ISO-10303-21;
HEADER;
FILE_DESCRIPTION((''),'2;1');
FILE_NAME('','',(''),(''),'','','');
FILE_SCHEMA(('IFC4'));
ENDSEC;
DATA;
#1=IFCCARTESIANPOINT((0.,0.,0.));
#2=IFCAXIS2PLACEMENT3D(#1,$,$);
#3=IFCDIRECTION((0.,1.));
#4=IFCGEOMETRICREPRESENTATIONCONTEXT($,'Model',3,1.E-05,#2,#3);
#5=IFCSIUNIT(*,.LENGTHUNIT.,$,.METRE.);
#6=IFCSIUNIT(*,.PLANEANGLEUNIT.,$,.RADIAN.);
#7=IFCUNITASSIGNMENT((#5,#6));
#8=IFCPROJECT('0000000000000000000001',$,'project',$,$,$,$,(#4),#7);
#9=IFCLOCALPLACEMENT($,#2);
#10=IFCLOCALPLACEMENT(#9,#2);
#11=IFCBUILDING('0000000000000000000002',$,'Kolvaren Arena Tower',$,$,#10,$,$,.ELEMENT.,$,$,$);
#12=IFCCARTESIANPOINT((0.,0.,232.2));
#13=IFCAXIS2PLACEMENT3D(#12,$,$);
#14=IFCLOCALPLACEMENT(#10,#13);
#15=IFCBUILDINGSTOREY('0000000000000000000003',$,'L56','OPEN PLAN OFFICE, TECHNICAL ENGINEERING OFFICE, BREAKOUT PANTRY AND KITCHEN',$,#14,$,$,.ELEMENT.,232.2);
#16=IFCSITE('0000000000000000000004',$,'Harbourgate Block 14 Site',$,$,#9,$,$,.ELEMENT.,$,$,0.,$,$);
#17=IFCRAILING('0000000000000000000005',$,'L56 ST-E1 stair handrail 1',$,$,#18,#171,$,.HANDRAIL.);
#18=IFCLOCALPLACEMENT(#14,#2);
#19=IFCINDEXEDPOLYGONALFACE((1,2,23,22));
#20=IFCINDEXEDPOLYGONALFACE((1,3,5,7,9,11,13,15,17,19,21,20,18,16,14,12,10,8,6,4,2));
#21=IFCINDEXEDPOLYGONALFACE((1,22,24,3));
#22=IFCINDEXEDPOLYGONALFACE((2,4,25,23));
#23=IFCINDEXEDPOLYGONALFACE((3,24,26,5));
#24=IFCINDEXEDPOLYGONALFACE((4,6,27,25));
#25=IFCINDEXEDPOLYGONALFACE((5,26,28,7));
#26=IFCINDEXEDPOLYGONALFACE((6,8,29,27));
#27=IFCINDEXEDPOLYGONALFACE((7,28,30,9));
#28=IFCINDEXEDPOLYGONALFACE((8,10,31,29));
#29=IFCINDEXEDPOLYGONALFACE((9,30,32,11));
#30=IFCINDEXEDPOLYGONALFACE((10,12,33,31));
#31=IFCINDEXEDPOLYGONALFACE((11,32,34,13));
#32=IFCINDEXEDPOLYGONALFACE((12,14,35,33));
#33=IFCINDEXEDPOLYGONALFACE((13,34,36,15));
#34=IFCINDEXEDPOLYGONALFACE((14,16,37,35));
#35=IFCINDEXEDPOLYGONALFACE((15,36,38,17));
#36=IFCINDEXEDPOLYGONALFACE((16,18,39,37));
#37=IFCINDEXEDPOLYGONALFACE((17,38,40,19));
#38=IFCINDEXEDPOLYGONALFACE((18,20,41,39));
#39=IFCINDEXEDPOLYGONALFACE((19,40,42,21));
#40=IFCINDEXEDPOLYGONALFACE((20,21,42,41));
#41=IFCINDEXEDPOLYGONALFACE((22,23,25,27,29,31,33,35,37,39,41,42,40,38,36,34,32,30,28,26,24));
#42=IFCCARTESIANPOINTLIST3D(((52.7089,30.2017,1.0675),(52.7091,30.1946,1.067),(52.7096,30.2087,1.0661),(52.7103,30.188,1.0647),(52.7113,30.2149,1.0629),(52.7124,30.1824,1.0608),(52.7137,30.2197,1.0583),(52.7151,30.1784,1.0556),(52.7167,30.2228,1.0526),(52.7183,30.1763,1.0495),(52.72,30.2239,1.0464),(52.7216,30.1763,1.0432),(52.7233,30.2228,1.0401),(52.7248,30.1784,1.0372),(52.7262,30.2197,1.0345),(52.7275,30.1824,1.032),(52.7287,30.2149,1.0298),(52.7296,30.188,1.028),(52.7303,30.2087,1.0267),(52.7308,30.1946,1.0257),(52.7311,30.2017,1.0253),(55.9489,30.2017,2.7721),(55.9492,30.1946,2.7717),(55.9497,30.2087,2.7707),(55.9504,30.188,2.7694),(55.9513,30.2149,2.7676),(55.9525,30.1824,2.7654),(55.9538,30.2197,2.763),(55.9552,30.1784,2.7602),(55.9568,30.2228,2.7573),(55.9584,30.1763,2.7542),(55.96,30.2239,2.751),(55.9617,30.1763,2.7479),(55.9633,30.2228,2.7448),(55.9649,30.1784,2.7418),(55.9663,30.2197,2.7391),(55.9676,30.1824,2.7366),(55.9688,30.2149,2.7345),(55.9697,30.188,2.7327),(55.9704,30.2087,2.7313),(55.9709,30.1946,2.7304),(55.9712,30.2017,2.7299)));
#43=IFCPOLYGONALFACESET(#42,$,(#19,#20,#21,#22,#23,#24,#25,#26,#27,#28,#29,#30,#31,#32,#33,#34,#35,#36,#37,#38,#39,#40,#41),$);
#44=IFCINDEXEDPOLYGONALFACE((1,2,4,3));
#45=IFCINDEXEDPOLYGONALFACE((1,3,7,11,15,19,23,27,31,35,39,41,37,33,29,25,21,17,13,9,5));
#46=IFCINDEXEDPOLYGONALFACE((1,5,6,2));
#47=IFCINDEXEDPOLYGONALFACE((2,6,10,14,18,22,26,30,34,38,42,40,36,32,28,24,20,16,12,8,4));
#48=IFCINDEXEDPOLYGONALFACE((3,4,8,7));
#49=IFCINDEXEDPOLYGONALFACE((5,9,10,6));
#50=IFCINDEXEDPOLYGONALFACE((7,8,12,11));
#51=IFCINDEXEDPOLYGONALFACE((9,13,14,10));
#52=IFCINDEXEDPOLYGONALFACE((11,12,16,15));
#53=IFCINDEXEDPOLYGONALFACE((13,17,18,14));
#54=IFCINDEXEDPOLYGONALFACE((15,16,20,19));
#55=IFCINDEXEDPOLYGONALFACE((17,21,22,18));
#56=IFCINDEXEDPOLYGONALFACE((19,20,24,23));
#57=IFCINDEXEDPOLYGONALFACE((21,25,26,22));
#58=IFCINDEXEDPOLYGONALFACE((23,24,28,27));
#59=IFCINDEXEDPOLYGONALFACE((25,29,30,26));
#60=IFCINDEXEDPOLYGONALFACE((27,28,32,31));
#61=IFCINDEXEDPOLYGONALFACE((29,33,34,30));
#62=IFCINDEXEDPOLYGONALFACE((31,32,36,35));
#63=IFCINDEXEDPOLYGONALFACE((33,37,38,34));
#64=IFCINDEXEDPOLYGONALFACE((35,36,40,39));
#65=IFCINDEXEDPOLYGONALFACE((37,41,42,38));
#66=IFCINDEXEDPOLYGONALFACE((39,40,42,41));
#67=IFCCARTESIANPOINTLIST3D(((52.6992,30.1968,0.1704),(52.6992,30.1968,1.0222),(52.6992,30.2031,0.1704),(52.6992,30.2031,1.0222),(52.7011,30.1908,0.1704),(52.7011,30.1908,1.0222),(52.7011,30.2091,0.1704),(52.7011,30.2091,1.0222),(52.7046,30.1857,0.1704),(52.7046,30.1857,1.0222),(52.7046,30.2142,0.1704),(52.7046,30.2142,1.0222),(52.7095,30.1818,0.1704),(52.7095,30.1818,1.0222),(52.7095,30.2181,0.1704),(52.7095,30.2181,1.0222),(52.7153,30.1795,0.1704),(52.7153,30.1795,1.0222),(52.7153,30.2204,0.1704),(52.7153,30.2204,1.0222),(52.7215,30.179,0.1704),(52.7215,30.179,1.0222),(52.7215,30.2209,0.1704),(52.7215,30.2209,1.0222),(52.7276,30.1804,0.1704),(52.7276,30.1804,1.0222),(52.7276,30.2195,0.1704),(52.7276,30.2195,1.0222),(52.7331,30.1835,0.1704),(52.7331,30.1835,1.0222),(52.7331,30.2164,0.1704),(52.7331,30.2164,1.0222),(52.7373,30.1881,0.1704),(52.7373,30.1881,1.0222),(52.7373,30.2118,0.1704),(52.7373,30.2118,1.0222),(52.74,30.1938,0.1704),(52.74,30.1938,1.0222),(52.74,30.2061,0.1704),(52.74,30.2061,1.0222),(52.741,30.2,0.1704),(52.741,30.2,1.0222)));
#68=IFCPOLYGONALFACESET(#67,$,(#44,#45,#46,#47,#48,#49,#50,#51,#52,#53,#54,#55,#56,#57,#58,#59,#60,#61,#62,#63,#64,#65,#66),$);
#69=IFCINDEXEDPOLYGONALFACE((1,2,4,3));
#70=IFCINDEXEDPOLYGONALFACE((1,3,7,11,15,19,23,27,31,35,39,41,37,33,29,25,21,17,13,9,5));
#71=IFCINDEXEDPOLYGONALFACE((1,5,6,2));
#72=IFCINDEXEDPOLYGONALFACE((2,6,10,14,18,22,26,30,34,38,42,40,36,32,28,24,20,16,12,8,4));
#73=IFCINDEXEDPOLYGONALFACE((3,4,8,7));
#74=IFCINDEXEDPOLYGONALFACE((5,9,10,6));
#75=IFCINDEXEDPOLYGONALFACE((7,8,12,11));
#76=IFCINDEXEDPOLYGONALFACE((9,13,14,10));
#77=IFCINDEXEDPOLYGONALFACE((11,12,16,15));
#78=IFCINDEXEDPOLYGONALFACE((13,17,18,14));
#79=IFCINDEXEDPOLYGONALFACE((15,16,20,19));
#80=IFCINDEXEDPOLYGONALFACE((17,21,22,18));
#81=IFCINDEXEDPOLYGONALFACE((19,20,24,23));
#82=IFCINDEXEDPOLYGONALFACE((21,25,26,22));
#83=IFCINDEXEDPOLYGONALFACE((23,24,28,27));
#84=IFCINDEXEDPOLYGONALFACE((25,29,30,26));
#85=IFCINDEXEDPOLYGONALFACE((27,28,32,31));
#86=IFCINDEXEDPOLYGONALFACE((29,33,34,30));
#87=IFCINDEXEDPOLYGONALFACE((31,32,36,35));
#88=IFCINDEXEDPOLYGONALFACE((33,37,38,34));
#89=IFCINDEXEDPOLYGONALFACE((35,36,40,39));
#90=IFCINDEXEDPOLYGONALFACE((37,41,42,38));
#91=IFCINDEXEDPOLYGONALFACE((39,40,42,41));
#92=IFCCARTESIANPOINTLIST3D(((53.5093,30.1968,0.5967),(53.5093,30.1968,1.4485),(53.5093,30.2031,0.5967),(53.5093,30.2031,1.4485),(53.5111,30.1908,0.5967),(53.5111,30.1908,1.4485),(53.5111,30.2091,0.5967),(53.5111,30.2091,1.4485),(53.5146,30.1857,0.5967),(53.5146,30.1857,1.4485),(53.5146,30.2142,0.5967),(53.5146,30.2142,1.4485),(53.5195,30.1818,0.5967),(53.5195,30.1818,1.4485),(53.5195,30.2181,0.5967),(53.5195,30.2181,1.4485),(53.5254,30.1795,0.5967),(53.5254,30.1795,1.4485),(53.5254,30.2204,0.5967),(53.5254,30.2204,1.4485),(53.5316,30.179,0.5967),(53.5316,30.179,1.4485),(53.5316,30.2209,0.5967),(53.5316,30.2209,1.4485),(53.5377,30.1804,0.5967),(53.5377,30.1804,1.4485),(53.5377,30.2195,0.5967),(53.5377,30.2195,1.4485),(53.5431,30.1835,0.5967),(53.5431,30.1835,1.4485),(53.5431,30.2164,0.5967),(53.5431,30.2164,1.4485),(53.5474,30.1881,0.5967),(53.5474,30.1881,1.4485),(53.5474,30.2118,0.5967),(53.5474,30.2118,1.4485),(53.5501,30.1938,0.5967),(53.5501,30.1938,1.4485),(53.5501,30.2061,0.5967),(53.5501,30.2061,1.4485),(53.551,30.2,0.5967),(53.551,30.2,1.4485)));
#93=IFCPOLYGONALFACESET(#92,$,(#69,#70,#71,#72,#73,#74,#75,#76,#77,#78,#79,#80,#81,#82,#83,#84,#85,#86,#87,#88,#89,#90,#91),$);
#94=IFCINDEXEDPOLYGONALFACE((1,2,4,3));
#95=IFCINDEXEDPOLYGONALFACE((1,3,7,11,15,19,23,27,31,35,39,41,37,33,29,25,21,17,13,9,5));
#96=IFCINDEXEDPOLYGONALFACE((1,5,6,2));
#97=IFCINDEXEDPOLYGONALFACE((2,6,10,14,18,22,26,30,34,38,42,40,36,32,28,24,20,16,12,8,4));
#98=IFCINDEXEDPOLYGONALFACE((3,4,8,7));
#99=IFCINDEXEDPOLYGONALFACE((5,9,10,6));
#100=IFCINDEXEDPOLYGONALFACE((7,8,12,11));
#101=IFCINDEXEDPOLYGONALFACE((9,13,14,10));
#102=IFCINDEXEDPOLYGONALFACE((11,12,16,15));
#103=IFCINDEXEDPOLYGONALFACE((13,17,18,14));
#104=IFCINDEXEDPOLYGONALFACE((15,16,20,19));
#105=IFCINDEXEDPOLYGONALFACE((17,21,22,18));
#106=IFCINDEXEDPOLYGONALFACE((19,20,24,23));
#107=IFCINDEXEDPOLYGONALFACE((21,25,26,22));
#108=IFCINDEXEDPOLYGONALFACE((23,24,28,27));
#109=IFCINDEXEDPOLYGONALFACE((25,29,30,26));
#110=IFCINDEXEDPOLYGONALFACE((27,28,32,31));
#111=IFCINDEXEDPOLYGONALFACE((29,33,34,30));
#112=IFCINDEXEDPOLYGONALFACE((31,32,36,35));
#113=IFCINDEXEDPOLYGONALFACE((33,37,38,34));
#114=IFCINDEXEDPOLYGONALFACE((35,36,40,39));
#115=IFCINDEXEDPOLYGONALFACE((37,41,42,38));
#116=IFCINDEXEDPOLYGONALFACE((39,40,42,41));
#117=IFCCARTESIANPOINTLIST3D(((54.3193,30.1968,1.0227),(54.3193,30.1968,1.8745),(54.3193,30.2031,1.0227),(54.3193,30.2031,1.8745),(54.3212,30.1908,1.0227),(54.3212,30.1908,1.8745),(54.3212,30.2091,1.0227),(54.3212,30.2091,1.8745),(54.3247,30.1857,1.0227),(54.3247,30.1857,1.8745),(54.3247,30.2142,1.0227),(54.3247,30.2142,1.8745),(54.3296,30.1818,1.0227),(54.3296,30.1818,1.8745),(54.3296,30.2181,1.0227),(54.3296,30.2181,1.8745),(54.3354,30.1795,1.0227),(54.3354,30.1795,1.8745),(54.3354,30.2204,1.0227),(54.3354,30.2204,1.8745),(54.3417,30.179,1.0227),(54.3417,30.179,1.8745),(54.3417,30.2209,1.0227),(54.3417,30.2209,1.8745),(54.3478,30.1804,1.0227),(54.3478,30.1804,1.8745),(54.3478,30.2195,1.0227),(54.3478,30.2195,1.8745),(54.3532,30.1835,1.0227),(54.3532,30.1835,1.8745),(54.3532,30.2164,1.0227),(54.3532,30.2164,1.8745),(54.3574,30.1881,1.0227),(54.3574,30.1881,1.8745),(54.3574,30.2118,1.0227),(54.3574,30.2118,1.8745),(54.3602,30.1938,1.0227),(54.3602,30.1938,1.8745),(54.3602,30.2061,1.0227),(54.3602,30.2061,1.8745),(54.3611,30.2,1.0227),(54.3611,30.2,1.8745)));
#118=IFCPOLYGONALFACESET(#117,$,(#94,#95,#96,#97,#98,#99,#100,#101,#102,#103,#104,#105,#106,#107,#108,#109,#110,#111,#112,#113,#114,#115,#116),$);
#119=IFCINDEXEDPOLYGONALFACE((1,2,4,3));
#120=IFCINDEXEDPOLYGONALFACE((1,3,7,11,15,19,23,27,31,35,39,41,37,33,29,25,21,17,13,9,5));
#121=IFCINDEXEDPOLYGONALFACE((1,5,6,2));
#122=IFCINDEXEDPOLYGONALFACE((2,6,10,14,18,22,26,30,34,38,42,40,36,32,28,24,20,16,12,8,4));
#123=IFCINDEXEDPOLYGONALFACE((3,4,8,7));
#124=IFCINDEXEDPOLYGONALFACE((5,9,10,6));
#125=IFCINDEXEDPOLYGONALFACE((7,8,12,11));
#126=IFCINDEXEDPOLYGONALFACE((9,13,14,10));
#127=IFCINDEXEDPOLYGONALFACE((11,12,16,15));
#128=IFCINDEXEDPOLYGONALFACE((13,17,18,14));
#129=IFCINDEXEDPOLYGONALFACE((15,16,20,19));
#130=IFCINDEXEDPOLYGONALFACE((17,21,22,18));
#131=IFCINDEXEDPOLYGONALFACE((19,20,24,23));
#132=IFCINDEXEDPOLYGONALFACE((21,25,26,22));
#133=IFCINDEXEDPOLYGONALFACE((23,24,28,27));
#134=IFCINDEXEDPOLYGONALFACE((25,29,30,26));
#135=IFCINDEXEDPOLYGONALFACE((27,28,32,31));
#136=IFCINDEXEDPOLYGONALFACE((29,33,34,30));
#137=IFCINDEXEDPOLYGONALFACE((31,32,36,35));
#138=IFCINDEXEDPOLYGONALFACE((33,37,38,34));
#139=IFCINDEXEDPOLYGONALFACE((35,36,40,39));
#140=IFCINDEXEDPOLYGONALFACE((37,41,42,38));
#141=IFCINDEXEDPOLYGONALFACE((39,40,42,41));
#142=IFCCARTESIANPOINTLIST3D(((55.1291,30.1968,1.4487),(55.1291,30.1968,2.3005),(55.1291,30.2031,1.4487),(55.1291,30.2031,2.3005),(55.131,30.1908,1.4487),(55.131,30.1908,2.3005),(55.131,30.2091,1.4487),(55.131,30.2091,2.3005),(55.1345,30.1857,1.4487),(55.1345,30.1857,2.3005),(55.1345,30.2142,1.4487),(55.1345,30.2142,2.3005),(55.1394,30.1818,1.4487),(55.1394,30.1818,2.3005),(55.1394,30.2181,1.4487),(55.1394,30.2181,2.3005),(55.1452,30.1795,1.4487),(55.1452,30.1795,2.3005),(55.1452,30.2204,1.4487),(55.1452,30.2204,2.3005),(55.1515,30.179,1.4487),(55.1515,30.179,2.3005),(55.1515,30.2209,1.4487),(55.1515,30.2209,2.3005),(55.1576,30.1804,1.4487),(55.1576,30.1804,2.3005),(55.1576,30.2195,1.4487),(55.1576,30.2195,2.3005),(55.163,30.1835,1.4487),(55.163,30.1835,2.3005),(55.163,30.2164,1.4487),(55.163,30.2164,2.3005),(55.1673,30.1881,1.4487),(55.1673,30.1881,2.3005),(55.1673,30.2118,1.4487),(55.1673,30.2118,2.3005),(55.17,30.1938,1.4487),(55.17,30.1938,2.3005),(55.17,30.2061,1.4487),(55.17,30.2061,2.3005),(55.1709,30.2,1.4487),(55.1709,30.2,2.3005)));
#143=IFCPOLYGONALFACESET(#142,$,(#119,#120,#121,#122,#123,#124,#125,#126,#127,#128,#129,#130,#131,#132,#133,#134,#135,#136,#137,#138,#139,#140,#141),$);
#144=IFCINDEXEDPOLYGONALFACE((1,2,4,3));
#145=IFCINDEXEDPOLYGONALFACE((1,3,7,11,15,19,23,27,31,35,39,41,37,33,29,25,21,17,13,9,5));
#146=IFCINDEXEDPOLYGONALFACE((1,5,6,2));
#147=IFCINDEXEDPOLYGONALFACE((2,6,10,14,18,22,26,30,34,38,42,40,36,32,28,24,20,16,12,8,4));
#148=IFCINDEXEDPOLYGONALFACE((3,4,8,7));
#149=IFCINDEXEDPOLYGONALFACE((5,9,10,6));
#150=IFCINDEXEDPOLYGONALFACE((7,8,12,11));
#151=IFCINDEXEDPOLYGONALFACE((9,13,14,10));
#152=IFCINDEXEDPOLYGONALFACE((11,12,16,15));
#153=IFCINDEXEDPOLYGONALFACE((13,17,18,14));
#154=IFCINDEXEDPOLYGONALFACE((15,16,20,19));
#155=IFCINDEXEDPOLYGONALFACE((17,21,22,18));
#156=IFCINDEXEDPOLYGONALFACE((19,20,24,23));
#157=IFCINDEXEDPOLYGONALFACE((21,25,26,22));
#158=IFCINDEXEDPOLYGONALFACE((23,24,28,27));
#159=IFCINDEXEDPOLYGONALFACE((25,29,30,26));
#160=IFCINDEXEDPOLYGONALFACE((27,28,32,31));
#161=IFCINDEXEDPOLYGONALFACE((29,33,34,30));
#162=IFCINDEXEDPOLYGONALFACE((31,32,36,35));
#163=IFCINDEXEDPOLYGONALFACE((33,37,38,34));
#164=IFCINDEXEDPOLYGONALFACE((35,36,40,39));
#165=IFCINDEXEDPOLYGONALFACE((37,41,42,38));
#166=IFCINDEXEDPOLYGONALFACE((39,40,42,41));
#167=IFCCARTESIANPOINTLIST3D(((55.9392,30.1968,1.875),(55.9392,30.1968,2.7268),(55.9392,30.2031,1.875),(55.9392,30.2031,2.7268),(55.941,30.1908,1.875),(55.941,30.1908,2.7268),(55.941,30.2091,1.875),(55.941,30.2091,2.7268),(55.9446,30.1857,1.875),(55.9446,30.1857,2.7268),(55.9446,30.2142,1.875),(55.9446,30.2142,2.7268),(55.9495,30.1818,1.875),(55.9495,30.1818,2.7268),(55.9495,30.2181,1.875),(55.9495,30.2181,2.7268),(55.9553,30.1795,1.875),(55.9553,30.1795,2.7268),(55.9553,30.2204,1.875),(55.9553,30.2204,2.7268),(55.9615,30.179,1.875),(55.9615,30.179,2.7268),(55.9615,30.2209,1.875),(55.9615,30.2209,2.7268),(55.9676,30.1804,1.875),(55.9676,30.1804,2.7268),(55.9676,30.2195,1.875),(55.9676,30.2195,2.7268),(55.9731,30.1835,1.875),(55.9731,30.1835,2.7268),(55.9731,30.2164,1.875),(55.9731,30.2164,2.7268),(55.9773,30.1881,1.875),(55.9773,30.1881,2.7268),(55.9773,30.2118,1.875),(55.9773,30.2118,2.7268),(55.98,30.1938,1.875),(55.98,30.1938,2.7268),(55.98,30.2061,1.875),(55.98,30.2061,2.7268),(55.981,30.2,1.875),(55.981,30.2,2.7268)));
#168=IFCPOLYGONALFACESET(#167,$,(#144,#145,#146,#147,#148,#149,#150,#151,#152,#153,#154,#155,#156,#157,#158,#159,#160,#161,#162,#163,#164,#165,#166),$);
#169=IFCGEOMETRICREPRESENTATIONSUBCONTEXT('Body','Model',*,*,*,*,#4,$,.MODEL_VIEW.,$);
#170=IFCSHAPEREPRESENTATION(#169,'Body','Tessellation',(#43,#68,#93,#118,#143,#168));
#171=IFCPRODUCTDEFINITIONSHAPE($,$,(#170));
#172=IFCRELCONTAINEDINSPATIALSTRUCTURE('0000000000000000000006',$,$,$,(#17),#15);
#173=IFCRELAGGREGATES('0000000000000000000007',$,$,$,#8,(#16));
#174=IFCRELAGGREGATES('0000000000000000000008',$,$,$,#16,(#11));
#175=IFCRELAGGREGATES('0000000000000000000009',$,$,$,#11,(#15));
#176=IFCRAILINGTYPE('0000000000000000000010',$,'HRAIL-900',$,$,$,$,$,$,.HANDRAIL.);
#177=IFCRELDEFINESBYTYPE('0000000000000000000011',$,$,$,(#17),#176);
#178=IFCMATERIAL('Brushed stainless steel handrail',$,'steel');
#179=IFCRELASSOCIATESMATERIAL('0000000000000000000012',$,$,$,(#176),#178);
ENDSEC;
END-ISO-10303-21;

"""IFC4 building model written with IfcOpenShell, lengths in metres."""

from ifc_helpers import new_model, si_unit, direction, frame, origin, origin_2d, place, context, subcontext, project, spatial, circle, extrude, material, type_object, element, save


model = new_model("IFC4")

# Units and contexts
model_context = context("Model", 3, precision=1e-05, world=origin(), true_north=direction((0.0, 1.0)))
body_context = subcontext(model_context, "Body", "Model", "MODEL_VIEW")
ifc_project = project(units=[si_unit("LENGTHUNIT", "METRE"), si_unit("PLANEANGLEUNIT", "RADIAN")], contexts=[model_context])

# Site, building, storey
site_placement = place(None, origin())
site = spatial("IfcSite", under=ifc_project, at=site_placement, Name="Harbourgate Block 14 Site", CompositionType="ELEMENT", RefElevation=0.0)
building_placement = place(site_placement, origin())
building = spatial("IfcBuilding", under=site, at=building_placement, Name="Kolvaren Arena Tower", CompositionType="ELEMENT")
storey_placement = place(building_placement, frame((0.0, 0.0, 232.2)))
storey = spatial("IfcBuildingStorey", under=building, at=storey_placement, Name="L56", Description="OPEN PLAN OFFICE, TECHNICAL ENGINEERING OFFICE, BREAKOUT PANTRY AND KITCHEN", CompositionType="ELEMENT", Elevation=232.2)

# Railing
ifc_material_1 = material(Name="Brushed stainless steel handrail", Category="steel")
railing_type_1 = type_object("IfcRailingType", Name="HRAIL-900", PredefinedType="HANDRAIL", material=ifc_material_1)
for number, where, name in (
    (1, (52.72, 30.2, 0.1704), "L56 ST-E1 stair handrail 1"),
):
    element("IfcRailing", number, at=place(storey_placement, frame(where)), inside=storey, type_object=railing_type_1, Name=name, PredefinedType="HANDRAIL", context=body_context, shape_type="SweptSolid", body=[
        extrude(circle(Radius=0.0239, at=origin_2d()), frame((0.0, 0.0, 0.876), z_axis=(0.884993, 0.0, 0.465604), x_axis=(0.0, 1.0, 0.0)), (0.0, 0.0, 1.0), 3.6611),
        extrude(circle(Radius=0.021, at=origin_2d()), origin(), (0.0, 0.0, 1.0), 0.8518),
        extrude(circle(Radius=0.021, at=origin_2d()), frame((0.8101, 0.0, 0.4263)), (0.0, 0.0, 1.0), 0.8518),
        extrude(circle(Radius=0.021, at=origin_2d()), frame((1.6201, 0.0, 0.8523)), (0.0, 0.0, 1.0), 0.8518),
        extrude(circle(Radius=0.021, at=origin_2d()), frame((2.4299, 0.0, 1.2783)), (0.0, 0.0, 1.0), 0.8518),
        extrude(circle(Radius=0.021, at=origin_2d()), frame((3.24, 0.0, 1.7046)), (0.0, 0.0, 1.0), 0.8518),
    ])

save(model, "model.ifc")
